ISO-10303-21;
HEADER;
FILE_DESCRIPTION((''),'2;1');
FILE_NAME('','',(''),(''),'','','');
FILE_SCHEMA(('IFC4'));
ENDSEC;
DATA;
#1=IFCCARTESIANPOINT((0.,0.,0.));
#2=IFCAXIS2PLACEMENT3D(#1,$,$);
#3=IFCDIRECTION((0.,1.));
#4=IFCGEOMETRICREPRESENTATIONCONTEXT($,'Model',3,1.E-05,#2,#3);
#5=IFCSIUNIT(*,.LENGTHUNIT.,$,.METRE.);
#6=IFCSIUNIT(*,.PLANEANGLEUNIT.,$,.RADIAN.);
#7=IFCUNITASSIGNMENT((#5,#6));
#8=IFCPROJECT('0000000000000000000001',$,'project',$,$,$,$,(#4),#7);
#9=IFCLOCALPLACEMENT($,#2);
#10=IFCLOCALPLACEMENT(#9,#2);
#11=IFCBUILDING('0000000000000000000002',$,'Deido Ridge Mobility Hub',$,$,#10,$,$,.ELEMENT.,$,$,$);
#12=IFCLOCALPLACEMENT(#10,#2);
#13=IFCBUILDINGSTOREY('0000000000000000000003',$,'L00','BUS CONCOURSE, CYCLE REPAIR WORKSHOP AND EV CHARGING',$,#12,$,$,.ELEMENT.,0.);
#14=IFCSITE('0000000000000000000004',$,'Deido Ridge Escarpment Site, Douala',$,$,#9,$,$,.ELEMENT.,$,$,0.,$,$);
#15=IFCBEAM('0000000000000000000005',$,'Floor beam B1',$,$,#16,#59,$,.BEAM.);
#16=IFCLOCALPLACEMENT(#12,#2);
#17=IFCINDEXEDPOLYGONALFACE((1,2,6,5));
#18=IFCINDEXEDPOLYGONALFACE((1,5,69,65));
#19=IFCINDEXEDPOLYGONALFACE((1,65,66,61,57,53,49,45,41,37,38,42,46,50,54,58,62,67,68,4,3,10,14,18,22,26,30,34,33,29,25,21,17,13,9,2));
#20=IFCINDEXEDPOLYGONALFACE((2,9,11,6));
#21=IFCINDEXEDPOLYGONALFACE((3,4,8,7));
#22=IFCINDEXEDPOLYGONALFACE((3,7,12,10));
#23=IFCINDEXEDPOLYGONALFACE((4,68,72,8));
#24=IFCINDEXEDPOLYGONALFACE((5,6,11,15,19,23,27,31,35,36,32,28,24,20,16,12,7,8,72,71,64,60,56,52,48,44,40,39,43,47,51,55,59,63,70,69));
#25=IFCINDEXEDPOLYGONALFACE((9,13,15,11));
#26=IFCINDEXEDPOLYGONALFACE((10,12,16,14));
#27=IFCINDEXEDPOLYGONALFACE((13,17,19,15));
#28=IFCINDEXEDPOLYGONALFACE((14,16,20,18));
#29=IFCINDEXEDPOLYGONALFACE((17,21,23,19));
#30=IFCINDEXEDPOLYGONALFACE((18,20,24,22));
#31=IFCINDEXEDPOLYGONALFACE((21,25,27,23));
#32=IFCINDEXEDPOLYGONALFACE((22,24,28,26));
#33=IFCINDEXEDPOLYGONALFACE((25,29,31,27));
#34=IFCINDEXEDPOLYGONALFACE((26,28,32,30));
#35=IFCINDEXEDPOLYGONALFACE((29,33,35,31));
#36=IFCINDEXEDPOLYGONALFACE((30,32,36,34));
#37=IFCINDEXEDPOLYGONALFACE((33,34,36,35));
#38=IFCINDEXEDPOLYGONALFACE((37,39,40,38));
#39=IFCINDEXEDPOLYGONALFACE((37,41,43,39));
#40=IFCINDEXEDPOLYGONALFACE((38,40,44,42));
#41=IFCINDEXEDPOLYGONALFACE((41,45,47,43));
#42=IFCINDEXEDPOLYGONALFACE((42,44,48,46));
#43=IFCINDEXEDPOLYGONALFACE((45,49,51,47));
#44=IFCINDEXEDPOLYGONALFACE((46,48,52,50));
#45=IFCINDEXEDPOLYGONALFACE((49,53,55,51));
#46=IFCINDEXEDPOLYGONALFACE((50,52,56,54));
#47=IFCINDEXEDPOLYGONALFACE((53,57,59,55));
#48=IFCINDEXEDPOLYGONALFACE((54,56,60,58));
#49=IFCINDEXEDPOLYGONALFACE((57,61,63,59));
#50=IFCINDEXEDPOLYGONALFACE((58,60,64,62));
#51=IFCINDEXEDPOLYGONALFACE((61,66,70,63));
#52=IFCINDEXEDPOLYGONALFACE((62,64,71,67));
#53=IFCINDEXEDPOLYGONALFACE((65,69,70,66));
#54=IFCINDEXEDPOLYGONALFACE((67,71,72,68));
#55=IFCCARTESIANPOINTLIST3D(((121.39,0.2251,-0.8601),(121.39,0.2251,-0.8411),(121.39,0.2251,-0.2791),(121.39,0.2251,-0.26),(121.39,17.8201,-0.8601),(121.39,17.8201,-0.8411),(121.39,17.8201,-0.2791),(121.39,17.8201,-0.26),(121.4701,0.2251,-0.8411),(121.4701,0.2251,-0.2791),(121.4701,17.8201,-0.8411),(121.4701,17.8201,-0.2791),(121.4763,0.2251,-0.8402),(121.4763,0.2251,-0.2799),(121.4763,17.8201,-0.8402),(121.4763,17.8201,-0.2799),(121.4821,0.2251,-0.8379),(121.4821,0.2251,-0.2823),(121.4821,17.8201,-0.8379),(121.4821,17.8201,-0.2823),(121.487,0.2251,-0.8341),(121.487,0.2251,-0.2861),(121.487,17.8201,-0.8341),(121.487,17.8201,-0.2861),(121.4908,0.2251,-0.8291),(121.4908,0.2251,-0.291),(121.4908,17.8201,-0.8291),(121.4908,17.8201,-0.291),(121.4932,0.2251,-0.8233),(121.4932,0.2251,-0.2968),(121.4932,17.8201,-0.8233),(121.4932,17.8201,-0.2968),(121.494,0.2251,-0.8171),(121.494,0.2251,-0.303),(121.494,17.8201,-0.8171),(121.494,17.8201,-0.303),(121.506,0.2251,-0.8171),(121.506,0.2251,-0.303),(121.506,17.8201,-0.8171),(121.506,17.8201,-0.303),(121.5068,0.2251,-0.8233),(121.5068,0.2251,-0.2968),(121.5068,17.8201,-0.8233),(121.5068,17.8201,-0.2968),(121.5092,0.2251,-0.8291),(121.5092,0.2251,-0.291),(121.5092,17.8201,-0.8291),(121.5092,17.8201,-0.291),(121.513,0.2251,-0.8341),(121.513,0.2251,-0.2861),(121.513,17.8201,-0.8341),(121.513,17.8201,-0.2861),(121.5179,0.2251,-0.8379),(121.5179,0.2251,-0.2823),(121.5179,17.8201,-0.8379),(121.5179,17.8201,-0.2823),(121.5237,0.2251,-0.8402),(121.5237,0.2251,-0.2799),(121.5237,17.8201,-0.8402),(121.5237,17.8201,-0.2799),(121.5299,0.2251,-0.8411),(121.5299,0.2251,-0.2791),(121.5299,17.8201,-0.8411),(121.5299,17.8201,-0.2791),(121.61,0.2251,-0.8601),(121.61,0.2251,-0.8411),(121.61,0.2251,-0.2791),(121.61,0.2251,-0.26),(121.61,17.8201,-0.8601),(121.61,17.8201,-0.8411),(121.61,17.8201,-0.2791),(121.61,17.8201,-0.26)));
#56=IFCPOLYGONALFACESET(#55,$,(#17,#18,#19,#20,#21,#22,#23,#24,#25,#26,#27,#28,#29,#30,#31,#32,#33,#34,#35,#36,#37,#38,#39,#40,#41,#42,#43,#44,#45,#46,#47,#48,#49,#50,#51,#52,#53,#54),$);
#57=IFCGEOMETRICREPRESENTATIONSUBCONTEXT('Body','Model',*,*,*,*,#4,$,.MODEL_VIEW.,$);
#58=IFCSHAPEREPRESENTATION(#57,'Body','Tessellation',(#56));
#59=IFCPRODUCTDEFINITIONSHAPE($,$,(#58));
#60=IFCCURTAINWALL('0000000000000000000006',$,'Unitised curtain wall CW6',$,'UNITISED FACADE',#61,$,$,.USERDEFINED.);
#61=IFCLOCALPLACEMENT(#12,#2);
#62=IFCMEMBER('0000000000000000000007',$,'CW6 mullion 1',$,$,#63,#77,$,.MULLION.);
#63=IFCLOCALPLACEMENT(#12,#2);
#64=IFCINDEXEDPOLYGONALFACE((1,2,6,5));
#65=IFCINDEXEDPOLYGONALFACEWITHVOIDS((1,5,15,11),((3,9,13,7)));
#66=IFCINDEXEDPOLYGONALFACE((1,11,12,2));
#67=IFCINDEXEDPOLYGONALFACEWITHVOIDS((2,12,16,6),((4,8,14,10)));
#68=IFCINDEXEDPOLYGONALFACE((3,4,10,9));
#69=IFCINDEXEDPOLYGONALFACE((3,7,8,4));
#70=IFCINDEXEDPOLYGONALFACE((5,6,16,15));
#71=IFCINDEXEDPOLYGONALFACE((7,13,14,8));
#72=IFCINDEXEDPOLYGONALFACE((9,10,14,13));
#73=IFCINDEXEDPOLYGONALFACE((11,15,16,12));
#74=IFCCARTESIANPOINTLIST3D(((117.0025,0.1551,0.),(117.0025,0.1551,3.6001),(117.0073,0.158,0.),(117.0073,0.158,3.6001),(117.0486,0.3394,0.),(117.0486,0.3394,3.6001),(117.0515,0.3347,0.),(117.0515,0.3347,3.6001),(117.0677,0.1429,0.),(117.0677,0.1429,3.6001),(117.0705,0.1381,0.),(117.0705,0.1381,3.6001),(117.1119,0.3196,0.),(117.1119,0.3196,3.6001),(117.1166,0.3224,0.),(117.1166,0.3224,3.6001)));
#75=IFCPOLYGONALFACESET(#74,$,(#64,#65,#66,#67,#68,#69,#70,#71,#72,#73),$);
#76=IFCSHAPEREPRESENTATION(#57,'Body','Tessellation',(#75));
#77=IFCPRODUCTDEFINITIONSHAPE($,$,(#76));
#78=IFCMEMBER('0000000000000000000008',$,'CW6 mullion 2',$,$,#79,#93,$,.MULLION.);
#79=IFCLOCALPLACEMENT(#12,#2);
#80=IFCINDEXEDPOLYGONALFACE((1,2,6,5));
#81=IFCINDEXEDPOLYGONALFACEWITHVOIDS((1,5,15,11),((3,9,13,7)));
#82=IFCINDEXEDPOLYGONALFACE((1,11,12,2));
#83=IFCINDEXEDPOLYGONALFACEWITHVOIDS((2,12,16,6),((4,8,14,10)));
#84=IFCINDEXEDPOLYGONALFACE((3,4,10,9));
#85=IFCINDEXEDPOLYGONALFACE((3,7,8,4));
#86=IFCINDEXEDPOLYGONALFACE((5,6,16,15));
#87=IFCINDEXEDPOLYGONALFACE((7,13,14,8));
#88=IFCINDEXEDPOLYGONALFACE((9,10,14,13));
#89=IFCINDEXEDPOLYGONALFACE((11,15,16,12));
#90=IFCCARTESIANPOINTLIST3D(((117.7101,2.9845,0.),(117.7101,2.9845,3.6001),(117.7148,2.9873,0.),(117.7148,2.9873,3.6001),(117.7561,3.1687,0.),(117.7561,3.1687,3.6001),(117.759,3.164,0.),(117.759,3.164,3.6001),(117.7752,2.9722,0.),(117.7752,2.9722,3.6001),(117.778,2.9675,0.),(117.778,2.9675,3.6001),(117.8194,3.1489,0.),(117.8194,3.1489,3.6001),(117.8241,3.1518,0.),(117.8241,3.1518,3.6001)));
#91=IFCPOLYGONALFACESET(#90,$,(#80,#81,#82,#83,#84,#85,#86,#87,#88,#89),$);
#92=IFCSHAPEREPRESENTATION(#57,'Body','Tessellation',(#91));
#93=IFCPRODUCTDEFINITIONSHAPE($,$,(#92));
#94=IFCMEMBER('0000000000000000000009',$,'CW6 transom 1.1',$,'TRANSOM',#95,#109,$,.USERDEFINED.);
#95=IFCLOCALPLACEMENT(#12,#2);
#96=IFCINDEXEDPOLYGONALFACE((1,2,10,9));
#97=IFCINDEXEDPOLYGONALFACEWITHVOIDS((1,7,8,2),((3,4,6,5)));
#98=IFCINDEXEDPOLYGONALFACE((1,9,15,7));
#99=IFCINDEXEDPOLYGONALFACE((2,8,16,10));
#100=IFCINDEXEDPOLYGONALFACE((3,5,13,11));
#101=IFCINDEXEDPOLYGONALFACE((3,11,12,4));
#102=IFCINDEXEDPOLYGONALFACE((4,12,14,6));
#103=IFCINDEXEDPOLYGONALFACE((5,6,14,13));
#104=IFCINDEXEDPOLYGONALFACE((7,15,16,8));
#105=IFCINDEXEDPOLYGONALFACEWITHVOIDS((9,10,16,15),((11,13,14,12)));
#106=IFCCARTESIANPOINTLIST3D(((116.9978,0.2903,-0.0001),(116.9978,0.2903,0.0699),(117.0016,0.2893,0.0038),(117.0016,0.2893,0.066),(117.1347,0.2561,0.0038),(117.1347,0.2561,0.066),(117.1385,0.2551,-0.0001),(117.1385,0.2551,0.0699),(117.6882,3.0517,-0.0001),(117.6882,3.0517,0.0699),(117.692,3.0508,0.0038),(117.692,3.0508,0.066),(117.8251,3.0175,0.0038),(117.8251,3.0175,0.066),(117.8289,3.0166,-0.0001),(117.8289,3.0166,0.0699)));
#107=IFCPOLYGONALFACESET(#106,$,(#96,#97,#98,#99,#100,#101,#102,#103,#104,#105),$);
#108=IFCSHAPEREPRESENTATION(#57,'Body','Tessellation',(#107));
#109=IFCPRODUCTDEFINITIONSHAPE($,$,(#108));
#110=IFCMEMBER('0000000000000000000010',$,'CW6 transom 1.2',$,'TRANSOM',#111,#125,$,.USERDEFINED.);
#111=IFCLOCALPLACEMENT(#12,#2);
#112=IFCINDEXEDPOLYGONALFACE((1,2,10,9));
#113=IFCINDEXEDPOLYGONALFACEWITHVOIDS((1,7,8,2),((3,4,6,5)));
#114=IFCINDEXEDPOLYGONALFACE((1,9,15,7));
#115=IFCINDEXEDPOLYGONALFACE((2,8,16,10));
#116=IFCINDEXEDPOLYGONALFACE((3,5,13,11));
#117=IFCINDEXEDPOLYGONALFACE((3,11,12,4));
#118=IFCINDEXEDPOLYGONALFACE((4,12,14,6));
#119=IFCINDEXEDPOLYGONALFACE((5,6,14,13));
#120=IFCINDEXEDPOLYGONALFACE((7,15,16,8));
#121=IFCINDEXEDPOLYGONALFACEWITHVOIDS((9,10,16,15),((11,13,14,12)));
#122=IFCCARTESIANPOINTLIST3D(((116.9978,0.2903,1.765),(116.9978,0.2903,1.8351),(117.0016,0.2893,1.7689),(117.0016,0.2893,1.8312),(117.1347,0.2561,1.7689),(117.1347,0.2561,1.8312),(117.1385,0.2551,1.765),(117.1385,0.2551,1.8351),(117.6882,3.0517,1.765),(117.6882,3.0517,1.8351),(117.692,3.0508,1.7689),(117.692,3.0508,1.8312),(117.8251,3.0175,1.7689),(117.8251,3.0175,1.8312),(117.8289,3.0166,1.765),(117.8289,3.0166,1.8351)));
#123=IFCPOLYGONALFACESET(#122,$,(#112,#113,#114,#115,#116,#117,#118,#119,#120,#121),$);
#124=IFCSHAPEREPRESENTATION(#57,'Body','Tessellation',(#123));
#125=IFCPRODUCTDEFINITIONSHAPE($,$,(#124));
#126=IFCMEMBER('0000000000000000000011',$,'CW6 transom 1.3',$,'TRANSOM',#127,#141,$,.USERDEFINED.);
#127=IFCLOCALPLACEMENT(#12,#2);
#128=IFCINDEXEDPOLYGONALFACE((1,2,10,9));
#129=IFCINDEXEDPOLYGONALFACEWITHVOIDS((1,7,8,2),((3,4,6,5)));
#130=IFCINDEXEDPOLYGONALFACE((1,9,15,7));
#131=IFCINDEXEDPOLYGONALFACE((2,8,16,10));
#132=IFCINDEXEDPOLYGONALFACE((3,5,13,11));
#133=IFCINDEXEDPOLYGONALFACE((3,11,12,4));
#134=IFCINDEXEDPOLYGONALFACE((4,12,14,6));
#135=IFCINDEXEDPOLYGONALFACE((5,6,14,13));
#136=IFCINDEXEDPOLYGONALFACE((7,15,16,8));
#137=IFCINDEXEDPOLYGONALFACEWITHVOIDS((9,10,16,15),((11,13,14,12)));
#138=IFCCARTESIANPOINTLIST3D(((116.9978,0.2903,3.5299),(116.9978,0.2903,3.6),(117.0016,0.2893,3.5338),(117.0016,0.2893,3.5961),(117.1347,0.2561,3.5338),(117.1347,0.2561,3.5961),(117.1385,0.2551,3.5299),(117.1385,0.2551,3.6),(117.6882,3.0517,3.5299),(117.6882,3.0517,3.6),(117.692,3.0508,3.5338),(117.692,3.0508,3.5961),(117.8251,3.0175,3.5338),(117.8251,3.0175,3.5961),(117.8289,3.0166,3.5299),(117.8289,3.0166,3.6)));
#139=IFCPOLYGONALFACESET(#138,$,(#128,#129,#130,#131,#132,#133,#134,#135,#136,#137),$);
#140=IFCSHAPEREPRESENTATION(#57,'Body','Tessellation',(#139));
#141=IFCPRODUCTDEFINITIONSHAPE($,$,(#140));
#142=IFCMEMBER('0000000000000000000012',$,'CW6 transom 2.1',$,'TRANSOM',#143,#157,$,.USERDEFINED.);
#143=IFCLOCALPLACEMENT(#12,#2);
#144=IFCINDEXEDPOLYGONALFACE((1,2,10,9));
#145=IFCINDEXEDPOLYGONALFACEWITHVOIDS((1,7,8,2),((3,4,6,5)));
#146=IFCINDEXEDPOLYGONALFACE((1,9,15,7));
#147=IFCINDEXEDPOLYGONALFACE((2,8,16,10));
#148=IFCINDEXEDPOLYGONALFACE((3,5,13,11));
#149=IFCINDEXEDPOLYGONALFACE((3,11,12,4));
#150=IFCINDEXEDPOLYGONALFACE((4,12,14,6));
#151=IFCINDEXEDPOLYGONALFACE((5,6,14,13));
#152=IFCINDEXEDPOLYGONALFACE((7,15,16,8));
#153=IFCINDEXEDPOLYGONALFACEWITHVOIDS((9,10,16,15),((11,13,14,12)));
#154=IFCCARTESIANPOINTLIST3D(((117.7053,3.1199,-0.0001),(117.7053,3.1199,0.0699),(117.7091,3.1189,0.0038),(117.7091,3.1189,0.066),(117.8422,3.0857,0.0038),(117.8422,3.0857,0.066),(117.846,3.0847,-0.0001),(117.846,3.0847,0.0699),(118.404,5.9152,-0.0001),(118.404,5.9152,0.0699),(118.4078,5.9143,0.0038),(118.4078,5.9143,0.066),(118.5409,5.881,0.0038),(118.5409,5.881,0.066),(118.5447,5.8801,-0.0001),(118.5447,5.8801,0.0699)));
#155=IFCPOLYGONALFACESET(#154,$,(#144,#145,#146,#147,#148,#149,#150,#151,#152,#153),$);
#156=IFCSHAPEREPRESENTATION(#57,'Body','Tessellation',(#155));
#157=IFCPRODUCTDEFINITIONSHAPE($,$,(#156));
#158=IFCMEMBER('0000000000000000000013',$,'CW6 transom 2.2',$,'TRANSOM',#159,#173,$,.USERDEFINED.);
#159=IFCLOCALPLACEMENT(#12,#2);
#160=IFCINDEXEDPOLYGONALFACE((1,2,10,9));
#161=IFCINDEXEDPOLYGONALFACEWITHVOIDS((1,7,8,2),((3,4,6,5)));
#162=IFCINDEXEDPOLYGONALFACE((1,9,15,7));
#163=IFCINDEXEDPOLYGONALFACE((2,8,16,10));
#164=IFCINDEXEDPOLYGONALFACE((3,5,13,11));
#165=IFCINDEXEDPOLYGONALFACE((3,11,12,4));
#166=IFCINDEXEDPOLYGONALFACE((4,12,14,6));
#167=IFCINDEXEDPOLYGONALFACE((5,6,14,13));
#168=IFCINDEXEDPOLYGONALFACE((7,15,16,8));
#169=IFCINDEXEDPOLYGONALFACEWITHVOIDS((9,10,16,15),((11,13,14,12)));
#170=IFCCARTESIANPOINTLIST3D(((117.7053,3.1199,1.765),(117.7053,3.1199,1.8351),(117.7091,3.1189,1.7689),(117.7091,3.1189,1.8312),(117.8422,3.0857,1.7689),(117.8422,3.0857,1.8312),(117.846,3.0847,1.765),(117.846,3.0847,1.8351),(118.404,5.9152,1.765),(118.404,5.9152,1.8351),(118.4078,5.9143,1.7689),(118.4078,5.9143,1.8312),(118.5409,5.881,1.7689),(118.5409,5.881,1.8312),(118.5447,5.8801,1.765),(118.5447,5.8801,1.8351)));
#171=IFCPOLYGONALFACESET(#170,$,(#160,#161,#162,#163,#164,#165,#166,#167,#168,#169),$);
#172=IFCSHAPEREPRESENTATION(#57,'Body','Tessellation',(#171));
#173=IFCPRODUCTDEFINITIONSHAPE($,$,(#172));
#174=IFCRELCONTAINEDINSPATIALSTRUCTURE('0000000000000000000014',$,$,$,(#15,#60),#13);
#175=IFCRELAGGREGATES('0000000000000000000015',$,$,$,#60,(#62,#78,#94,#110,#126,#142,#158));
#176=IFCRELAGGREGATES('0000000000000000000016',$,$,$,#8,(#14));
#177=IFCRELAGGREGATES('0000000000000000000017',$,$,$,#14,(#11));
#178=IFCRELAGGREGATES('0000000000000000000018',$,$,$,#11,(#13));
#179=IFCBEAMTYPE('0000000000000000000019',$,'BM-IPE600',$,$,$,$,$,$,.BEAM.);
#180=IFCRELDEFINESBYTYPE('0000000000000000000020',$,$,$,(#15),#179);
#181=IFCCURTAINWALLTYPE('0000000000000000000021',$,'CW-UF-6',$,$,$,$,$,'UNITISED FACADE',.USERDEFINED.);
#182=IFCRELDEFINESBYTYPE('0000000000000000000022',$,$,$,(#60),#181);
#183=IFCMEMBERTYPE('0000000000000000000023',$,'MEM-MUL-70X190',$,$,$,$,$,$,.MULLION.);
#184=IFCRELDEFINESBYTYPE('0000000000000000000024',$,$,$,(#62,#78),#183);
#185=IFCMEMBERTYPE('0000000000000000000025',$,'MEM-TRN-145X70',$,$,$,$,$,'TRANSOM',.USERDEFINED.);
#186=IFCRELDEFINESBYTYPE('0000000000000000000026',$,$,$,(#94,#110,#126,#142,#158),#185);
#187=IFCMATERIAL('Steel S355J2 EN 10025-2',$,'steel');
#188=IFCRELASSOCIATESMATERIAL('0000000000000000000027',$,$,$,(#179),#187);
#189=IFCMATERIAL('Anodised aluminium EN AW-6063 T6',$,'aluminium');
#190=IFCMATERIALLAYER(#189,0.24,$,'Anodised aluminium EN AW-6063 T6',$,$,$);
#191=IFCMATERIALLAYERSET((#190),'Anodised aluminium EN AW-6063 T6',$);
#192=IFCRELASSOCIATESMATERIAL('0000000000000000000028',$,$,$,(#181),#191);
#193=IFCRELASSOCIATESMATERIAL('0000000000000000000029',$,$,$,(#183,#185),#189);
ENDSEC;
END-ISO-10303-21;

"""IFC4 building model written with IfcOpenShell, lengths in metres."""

from ifc_helpers import new_model, si_unit, direction, frame, origin, origin_2d, place, context, subcontext, project, spatial, hollow_rectangle, i_section, extrude, material, layer, layer_set, material_profile, profile_set, type_object, element, aggregate, save


model = new_model("IFC4")

# Units and contexts
model_context = context("Model", 3, precision=1e-05, world=origin(), true_north=direction((0.0, 1.0)))
body_context = subcontext(model_context, "Body", "Model", "MODEL_VIEW")
ifc_project = project(units=[si_unit("LENGTHUNIT", "METRE"), si_unit("PLANEANGLEUNIT", "RADIAN")], contexts=[model_context])

# Site, building, storey
site_placement = place(None, origin())
site = spatial("IfcSite", under=ifc_project, at=site_placement, Name="Deido Ridge Escarpment Site, Douala", CompositionType="ELEMENT", RefElevation=0.0)
building_placement = place(site_placement, origin())
building = spatial("IfcBuilding", under=site, at=building_placement, Name="Deido Ridge Mobility Hub", CompositionType="ELEMENT")
storey_placement = place(building_placement, origin())
storey = spatial("IfcBuildingStorey", under=building, at=storey_placement, Name="L00", Description="BUS CONCOURSE, CYCLE REPAIR WORKSHOP AND EV CHARGING", CompositionType="ELEMENT", Elevation=0.0)

# Shared definitions
ifc_material_1 = material(Name="Steel S355J2 EN 10025-2", Category="steel")

# Beam
ifc_material_profile_1 = material_profile(ifc_material_1, i_section(OverallWidth=0.22, OverallDepth=0.6001, WebThickness=0.012, FlangeThickness=0.019, FilletRadius=0.0239, at=origin_2d()), Name="IPE 600")
ifc_profile_set_1 = profile_set([ifc_material_profile_1], Name="Steel S355J2 EN 10025-2")
beam_type_1 = type_object("IfcBeamType", Name="BM-IPE600", PredefinedType="BEAM", material=ifc_profile_set_1)
beam_1_placement = place(storey_placement, frame((121.5, 0.2251, -0.5601), z_axis=(0.0, 1.0, 0.0), x_axis=(-1.0, 0.0, 0.0)))
element("IfcBeam", 1, at=beam_1_placement, inside=storey, type_object=beam_type_1, Name="Floor beam B1", PredefinedType="BEAM", context=body_context, shape_type="SweptSolid", body=[
    extrude(i_section(OverallWidth=0.22, OverallDepth=0.6001, WebThickness=0.012, FlangeThickness=0.019, FilletRadius=0.0239, at=origin_2d()), origin(), (0.0, 0.0, 1.0), 17.595),
])

# Curtain wall, members
ifc_material_2 = material(Name="Anodised aluminium EN AW-6063 T6", Category="aluminium")
ifc_layer_1 = layer(ifc_material_2, 0.24, Name="Anodised aluminium EN AW-6063 T6")
ifc_layer_set_1 = layer_set([ifc_layer_1], Name="Anodised aluminium EN AW-6063 T6")
curtain_wall_type = type_object("IfcCurtainWallType", Name="CW-UF-6", ElementType="UNITISED FACADE", PredefinedType="USERDEFINED", material=ifc_layer_set_1)
curtain_wall_placement = place(storey_placement, origin())
curtain_wall = element("IfcCurtainWall", 2, at=curtain_wall_placement, inside=storey, type_object=curtain_wall_type, Name="Unitised curtain wall CW6", ObjectType="UNITISED FACADE", PredefinedType="USERDEFINED")
ifc_material_profile_2 = material_profile(ifc_material_2, hollow_rectangle(XDim=0.0701, YDim=0.1899, WallThickness=0.0039, at=origin_2d()), Name="RHS 70x190x4")
ifc_profile_set_2 = profile_set([ifc_material_profile_2], Name="Anodised aluminium EN AW-6063 T6")
member_type_1 = type_object("IfcMemberType", Name="MEM-MUL-70X190", PredefinedType="MULLION", material=ifc_profile_set_2)
member_1_placement = place(storey_placement, frame((117.0596, 0.2388, 0.0), z_axis=(0.0, 0.0, 1.0), x_axis=(-0.970144, 0.24253, 0.0)))
member_1 = element("IfcMember", 3, at=member_1_placement, type_object=member_type_1, Name="CW6 mullion 1", PredefinedType="MULLION", context=body_context, shape_type="SweptSolid", body=[
    extrude(hollow_rectangle(XDim=0.0701, YDim=0.1899, WallThickness=0.0039, at=origin_2d()), origin(), (0.0, 0.0, 1.0), 3.6001),
])
member_2_placement = place(storey_placement, frame((117.7671, 3.0681, 0.0), z_axis=(0.0, 0.0, 1.0), x_axis=(-0.970144, 0.24253, 0.0)))
member_2 = element("IfcMember", 4, at=member_2_placement, type_object=member_type_1, Name="CW6 mullion 2", PredefinedType="MULLION", context=body_context, shape_type="SweptSolid", body=[
    extrude(hollow_rectangle(XDim=0.0701, YDim=0.1899, WallThickness=0.0039, at=origin_2d()), origin(), (0.0, 0.0, 1.0), 3.6001),
])
ifc_material_profile_3 = material_profile(ifc_material_2, hollow_rectangle(XDim=0.145, YDim=0.0701, WallThickness=0.0039, at=origin_2d()), Name="RHS 145x70x4")
ifc_profile_set_3 = profile_set([ifc_material_profile_3], Name="Anodised aluminium EN AW-6063 T6")
member_type_2 = type_object("IfcMemberType", Name="MEM-TRN-145X70", ElementType="TRANSOM", PredefinedType="USERDEFINED", material=ifc_profile_set_3)
member_3_placement = place(storey_placement, frame((117.0681, 0.2727, 0.0349), z_axis=(0.242556, 0.970137, 0.0), x_axis=(-0.970137, 0.242556, 0.0)))
member_3 = element("IfcMember", 5, at=member_3_placement, type_object=member_type_2, Name="CW6 transom 1.1", ObjectType="TRANSOM", PredefinedType="USERDEFINED", context=body_context, shape_type="SweptSolid", body=[
    extrude(hollow_rectangle(XDim=0.145, YDim=0.0701, WallThickness=0.0039, at=origin_2d()), origin(), (0.0, 0.0, 1.0), 2.8464),
])
member_4_placement = place(storey_placement, frame((117.0681, 0.2727, 1.8), z_axis=(0.242556, 0.970137, 0.0), x_axis=(-0.970137, 0.242556, 0.0)))
member_4 = element("IfcMember", 6, at=member_4_placement, type_object=member_type_2, Name="CW6 transom 1.2", ObjectType="TRANSOM", PredefinedType="USERDEFINED", context=body_context, shape_type="SweptSolid", body=[
    extrude(hollow_rectangle(XDim=0.145, YDim=0.0701, WallThickness=0.0039, at=origin_2d()), origin(), (0.0, 0.0, 1.0), 2.8464),
])
member_5_placement = place(storey_placement, frame((117.0681, 0.2727, 3.5649), z_axis=(0.242556, 0.970137, 0.0), x_axis=(-0.970137, 0.242556, 0.0)))
member_5 = element("IfcMember", 7, at=member_5_placement, type_object=member_type_2, Name="CW6 transom 1.3", ObjectType="TRANSOM", PredefinedType="USERDEFINED", context=body_context, shape_type="SweptSolid", body=[
    extrude(hollow_rectangle(XDim=0.145, YDim=0.0701, WallThickness=0.0039, at=origin_2d()), origin(), (0.0, 0.0, 1.0), 2.8464),
])
member_6_placement = place(storey_placement, frame((117.7756, 3.1023, 0.0349), z_axis=(0.242496, 0.970152, 0.0), x_axis=(-0.970152, 0.242496, 0.0)))
member_6 = element("IfcMember", 8, at=member_6_placement, type_object=member_type_2, Name="CW6 transom 2.1", ObjectType="TRANSOM", PredefinedType="USERDEFINED", context=body_context, shape_type="SweptSolid", body=[
    extrude(hollow_rectangle(XDim=0.145, YDim=0.0701, WallThickness=0.0039, at=origin_2d()), origin(), (0.0, 0.0, 1.0), 2.8813),
])
member_7_placement = place(storey_placement, frame((117.7756, 3.1023, 1.8), z_axis=(0.242496, 0.970152, 0.0), x_axis=(-0.970152, 0.242496, 0.0)))
member_7 = element("IfcMember", 9, at=member_7_placement, type_object=member_type_2, Name="CW6 transom 2.2", ObjectType="TRANSOM", PredefinedType="USERDEFINED", context=body_context, shape_type="SweptSolid", body=[
    extrude(hollow_rectangle(XDim=0.145, YDim=0.0701, WallThickness=0.0039, at=origin_2d()), origin(), (0.0, 0.0, 1.0), 2.8813),
])

aggregate(curtain_wall, [member_1, member_2, member_3, member_4, member_5, member_6, member_7])

save(model, "model.ifc")
